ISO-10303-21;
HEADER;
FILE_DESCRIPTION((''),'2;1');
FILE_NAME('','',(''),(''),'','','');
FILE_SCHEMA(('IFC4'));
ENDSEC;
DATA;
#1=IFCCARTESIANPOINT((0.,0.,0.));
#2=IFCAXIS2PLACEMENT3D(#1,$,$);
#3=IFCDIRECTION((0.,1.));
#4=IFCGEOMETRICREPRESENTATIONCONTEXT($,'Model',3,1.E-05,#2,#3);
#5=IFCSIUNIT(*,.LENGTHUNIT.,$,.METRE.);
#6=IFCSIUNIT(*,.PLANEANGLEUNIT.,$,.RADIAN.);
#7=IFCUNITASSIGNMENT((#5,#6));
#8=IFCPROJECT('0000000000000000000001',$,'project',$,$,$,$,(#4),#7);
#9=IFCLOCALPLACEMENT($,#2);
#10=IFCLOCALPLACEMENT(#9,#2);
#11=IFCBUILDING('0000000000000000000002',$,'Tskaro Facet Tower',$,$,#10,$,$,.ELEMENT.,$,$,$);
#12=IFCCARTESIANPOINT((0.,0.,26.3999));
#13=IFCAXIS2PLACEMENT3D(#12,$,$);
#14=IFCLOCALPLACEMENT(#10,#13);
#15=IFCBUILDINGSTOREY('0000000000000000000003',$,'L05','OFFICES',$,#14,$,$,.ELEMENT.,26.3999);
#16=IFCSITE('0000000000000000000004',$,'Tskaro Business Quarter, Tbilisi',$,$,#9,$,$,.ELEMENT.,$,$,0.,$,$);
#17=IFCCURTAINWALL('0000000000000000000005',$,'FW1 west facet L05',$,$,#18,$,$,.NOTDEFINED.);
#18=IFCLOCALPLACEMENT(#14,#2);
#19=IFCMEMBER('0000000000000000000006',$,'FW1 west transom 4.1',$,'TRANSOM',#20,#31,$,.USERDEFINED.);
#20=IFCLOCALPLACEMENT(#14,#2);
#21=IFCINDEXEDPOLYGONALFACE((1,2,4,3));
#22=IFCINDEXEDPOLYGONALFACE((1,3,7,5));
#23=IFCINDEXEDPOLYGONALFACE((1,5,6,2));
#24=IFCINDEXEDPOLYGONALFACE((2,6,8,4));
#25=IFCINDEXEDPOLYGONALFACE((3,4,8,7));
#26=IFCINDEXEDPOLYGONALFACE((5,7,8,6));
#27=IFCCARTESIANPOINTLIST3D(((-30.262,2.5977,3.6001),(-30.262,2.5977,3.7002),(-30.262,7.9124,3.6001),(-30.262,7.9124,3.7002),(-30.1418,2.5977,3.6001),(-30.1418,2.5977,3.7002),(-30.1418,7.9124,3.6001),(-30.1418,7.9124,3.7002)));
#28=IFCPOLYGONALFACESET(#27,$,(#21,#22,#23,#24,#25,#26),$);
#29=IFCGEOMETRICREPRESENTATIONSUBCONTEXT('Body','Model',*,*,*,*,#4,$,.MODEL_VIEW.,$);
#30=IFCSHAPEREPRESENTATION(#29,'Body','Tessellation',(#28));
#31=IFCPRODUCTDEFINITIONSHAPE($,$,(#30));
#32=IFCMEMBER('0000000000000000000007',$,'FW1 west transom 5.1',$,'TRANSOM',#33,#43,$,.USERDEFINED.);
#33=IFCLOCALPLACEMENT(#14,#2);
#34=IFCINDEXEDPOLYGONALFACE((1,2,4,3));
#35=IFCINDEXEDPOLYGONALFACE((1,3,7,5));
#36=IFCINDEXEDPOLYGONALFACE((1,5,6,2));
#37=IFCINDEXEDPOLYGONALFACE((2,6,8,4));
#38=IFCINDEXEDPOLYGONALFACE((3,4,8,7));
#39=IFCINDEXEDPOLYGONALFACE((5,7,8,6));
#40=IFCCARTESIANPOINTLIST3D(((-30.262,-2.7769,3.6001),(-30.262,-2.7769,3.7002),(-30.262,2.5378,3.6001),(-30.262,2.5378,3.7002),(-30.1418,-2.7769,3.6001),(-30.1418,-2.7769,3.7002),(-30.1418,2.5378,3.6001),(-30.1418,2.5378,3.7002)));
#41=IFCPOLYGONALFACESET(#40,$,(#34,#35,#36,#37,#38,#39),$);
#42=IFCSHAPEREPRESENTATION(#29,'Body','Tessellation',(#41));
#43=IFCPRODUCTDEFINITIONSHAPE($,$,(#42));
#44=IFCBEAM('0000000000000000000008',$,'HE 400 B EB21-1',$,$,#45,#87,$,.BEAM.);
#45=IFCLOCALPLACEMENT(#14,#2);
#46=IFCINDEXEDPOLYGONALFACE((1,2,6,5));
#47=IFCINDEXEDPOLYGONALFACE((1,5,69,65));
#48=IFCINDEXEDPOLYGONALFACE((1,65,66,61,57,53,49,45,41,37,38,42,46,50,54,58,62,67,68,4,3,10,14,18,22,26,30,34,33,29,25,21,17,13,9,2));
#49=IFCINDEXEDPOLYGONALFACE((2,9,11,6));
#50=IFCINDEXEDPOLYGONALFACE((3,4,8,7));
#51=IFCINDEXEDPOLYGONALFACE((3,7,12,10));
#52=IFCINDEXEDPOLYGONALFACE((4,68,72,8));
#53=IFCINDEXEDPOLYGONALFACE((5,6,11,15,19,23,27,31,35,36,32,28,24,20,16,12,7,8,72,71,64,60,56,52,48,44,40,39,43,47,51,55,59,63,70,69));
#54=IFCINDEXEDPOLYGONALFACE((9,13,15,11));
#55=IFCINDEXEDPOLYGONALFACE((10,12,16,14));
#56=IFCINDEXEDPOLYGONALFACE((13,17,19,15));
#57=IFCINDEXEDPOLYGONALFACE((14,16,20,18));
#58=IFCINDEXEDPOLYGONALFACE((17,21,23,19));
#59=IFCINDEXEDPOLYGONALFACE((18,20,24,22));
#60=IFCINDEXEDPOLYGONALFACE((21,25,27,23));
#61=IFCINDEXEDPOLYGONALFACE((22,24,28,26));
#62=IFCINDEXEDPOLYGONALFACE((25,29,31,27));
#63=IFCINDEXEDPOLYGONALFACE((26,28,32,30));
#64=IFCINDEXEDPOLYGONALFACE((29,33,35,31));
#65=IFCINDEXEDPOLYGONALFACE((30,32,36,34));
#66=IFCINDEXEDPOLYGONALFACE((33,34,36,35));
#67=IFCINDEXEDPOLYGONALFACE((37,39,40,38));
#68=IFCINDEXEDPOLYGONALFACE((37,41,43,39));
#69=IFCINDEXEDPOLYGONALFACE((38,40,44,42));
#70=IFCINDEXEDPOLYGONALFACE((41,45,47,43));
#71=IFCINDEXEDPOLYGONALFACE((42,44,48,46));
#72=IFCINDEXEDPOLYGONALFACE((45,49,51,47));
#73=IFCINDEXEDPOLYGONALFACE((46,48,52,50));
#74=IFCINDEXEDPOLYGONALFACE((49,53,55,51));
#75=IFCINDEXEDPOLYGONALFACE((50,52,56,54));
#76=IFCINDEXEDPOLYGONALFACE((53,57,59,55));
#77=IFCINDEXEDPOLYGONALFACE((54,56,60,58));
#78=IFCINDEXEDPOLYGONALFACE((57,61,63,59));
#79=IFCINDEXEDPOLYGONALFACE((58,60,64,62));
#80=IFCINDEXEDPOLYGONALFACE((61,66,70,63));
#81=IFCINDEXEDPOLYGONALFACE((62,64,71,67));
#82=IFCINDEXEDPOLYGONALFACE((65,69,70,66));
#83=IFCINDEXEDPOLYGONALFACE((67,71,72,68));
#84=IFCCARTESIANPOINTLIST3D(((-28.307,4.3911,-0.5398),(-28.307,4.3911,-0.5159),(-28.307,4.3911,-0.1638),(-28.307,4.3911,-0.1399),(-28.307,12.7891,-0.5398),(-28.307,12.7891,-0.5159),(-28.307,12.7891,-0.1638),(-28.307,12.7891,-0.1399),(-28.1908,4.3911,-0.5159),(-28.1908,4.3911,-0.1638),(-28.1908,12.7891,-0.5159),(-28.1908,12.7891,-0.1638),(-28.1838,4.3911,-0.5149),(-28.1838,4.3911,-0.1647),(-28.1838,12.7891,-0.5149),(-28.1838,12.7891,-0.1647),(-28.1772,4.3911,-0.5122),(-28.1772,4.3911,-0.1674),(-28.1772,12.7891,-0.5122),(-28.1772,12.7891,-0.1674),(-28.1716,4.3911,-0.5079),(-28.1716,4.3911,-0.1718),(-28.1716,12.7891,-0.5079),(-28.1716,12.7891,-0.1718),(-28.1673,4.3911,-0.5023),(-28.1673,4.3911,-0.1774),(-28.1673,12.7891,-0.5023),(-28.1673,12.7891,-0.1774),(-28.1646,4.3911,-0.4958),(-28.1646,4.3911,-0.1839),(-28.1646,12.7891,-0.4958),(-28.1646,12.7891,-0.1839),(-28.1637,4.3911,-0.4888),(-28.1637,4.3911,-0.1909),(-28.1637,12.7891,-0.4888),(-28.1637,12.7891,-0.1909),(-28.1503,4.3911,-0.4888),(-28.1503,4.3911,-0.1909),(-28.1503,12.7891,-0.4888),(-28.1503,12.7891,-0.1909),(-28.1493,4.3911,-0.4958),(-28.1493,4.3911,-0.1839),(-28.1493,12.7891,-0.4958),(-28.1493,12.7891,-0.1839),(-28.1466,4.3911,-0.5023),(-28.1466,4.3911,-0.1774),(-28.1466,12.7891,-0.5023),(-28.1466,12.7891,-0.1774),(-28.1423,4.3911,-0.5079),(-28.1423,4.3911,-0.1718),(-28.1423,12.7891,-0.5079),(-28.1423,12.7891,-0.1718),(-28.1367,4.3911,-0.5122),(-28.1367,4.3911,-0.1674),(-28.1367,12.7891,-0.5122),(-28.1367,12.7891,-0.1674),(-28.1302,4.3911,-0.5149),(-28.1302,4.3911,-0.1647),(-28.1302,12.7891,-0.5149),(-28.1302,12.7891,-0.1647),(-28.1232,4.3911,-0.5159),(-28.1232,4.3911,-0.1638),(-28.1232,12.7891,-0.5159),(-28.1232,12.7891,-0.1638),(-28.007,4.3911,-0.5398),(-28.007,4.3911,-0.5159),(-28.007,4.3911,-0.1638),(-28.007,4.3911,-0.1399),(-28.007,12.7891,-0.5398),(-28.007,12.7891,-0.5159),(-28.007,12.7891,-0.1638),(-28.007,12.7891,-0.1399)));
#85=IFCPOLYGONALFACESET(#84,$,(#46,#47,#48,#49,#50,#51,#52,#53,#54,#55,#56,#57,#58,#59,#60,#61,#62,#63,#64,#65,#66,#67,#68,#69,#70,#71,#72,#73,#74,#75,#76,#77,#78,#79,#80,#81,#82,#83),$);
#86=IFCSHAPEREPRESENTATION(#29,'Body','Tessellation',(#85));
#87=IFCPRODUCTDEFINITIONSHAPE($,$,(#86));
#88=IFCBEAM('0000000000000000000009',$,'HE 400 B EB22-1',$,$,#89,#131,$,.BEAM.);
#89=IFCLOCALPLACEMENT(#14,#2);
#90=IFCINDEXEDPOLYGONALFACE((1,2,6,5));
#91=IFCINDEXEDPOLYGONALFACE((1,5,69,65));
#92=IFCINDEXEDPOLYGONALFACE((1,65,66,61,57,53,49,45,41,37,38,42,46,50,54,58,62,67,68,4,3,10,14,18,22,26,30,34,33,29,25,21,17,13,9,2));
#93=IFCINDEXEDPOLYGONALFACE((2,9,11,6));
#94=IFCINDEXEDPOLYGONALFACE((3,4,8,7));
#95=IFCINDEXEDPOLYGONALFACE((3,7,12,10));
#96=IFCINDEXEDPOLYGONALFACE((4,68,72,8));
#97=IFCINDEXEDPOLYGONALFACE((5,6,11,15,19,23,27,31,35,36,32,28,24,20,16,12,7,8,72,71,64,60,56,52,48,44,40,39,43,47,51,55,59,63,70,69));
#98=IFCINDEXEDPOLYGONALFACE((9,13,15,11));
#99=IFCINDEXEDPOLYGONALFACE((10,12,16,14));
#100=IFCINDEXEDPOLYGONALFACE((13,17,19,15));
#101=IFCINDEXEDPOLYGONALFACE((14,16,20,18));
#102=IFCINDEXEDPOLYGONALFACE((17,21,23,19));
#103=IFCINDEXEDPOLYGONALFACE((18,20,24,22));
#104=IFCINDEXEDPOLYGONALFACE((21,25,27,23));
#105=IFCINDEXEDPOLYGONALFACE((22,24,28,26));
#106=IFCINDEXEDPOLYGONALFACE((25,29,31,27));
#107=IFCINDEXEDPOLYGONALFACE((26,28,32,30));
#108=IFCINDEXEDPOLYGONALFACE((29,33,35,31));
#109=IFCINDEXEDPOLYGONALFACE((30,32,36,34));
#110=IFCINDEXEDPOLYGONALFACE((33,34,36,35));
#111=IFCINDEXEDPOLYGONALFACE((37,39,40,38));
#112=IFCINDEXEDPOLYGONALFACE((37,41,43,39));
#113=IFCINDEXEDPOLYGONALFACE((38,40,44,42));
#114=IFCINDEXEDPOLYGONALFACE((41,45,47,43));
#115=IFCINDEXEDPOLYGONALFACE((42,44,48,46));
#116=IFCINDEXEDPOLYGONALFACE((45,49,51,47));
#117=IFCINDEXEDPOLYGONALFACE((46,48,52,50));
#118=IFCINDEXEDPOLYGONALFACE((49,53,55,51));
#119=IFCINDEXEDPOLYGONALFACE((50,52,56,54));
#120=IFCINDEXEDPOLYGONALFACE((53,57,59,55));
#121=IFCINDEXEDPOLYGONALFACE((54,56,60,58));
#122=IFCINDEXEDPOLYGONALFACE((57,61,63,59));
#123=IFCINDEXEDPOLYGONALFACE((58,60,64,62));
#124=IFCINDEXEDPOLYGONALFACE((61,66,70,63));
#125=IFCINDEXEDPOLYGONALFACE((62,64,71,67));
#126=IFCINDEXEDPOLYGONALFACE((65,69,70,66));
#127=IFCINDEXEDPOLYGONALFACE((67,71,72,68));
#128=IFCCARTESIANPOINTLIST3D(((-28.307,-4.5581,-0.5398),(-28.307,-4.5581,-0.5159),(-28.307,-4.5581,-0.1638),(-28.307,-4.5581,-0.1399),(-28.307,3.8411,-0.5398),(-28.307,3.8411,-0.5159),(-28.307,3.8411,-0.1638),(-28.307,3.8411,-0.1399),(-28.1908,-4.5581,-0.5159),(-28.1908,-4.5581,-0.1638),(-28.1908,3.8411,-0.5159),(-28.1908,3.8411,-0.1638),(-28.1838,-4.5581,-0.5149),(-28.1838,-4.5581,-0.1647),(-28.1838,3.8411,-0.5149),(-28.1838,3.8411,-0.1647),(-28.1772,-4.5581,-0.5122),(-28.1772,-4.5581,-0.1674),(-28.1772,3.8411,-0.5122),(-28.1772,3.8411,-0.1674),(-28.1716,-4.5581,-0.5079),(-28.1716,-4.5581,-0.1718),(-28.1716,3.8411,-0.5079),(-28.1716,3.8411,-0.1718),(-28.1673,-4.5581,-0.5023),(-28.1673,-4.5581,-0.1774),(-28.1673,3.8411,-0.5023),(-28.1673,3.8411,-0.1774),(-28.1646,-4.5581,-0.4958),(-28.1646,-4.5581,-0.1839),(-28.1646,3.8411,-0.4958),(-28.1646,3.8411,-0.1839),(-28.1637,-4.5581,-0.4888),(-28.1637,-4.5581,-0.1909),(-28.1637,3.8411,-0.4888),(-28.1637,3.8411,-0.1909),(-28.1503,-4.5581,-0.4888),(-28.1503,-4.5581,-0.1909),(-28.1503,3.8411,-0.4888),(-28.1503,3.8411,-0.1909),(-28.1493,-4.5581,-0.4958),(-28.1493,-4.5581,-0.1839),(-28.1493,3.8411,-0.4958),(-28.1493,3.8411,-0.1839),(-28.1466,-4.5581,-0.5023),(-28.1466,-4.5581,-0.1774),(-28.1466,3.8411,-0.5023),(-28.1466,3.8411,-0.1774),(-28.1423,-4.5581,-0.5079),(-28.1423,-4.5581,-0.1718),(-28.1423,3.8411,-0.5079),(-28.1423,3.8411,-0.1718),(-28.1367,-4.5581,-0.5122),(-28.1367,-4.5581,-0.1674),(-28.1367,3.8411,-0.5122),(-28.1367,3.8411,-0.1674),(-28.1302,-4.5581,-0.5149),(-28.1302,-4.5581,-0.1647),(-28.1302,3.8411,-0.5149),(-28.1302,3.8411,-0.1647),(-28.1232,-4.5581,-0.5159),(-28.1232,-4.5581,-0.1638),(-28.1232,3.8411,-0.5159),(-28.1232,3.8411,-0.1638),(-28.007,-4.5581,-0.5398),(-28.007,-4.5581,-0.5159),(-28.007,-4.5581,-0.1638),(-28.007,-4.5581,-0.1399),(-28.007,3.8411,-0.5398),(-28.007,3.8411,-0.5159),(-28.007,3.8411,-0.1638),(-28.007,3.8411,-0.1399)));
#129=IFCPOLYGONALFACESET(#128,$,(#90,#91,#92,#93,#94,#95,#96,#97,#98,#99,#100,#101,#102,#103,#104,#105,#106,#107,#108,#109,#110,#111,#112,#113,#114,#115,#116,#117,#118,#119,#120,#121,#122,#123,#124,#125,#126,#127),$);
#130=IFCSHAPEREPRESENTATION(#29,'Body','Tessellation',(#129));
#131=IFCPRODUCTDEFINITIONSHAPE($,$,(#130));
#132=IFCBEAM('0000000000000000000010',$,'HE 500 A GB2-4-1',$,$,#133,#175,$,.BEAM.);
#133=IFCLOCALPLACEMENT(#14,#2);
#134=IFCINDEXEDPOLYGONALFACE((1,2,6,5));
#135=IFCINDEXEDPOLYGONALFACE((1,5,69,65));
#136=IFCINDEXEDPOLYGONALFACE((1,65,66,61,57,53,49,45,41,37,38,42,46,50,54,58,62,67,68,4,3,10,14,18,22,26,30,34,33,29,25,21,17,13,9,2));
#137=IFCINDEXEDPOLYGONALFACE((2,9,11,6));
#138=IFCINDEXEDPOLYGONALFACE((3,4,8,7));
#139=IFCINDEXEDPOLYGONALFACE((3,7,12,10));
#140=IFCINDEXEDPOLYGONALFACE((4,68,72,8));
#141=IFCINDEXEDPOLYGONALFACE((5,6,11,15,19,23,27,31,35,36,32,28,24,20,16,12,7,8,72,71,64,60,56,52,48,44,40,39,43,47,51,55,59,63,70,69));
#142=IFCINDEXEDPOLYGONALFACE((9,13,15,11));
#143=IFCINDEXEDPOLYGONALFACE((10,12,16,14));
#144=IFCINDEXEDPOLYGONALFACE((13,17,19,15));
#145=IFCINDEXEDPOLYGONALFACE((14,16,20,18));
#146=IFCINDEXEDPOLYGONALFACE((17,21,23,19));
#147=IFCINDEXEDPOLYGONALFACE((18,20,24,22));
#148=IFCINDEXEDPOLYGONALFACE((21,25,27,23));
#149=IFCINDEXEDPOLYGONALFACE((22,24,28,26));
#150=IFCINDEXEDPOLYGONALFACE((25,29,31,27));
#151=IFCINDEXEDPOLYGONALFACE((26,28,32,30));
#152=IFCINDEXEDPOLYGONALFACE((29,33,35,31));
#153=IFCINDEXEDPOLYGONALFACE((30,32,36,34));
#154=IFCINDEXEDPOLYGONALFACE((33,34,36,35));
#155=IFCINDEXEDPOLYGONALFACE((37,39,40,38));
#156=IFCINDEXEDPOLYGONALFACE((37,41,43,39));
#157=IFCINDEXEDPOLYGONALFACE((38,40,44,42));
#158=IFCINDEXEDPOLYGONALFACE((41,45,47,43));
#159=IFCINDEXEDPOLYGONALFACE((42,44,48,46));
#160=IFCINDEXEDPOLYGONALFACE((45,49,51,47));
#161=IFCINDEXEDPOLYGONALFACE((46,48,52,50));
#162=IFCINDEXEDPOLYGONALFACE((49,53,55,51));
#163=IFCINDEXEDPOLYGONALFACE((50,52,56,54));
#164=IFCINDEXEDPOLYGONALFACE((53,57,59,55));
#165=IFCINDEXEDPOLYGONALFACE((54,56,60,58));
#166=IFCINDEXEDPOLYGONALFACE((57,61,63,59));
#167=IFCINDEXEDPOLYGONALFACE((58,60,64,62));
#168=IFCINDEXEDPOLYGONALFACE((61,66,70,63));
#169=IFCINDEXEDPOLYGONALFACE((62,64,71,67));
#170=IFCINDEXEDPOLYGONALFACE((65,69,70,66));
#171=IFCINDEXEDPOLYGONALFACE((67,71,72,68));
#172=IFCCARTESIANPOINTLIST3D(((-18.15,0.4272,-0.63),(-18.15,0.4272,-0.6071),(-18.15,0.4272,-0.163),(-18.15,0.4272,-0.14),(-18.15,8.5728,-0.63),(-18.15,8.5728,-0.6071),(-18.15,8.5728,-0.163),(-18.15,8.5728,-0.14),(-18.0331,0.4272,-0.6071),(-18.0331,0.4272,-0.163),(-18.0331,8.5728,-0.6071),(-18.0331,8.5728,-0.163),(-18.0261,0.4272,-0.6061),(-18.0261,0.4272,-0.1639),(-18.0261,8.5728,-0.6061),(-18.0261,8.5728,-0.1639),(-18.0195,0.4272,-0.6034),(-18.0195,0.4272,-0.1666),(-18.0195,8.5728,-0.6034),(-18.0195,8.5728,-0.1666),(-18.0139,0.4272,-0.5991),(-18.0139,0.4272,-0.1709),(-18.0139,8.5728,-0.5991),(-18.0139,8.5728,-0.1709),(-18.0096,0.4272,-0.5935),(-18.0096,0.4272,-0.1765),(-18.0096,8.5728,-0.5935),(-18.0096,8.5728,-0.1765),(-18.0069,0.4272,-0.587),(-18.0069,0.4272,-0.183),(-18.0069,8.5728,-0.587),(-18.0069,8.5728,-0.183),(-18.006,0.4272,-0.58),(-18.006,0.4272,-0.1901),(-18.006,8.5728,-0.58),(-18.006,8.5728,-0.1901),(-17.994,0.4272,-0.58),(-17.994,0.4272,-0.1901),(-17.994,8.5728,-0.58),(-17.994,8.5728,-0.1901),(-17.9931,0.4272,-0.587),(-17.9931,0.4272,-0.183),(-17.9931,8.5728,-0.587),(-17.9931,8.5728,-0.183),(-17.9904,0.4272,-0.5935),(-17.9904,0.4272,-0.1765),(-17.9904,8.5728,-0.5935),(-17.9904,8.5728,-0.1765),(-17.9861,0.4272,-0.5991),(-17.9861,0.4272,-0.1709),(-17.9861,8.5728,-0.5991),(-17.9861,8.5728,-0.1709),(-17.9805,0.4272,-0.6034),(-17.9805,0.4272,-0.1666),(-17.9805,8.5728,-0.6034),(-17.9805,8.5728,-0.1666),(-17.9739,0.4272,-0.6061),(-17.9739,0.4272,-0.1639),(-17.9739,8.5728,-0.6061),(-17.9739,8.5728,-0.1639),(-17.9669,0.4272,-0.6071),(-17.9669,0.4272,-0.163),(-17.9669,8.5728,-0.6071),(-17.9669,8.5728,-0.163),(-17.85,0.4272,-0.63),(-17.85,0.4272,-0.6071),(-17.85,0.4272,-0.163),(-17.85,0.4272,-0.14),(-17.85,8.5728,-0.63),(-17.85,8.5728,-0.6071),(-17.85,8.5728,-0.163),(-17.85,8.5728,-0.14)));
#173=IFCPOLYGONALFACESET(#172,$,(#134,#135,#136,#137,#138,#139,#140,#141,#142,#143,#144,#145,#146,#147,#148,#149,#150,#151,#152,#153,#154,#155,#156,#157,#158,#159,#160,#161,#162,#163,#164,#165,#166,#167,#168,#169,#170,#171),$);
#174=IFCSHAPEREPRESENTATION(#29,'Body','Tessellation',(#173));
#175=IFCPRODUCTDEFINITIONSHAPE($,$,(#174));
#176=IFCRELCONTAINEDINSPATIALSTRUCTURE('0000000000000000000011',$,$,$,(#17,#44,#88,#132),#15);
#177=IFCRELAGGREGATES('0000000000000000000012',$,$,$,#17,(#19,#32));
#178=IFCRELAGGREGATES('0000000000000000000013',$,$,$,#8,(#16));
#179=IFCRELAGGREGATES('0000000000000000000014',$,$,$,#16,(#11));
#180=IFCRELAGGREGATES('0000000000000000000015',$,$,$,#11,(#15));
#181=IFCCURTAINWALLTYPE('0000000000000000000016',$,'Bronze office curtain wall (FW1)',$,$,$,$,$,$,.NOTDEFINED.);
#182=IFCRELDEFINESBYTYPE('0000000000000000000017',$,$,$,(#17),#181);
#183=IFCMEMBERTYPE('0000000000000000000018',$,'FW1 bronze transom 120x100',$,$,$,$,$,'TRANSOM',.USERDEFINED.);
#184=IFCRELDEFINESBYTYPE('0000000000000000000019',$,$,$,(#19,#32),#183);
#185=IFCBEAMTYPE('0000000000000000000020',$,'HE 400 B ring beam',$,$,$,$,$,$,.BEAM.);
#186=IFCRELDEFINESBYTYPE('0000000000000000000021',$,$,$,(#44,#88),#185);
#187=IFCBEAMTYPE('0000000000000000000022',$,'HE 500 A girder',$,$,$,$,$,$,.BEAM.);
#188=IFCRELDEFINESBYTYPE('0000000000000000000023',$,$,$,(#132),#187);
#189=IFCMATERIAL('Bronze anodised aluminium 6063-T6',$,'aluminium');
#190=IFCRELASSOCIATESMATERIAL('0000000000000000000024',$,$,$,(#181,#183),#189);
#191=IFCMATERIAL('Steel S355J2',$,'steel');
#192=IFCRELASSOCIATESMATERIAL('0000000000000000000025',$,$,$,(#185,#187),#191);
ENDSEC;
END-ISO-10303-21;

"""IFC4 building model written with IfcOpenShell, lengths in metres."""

from ifc_helpers import new_model, si_unit, direction, frame, origin, origin_2d, place, context, subcontext, project, spatial, rectangle, i_section, extrude, material, material_profile, profile_set, type_object, element, aggregate, save


model = new_model("IFC4")

# Units and contexts
model_context = context("Model", 3, precision=1e-05, world=origin(), true_north=direction((0.0, 1.0)))
body_context = subcontext(model_context, "Body", "Model", "MODEL_VIEW")
ifc_project = project(units=[si_unit("LENGTHUNIT", "METRE"), si_unit("PLANEANGLEUNIT", "RADIAN")], contexts=[model_context])

# Site, building, storey
site_placement = place(None, origin())
site = spatial("IfcSite", under=ifc_project, at=site_placement, Name="Tskaro Business Quarter, Tbilisi", CompositionType="ELEMENT", RefElevation=0.0)
building_placement = place(site_placement, origin())
building = spatial("IfcBuilding", under=site, at=building_placement, Name="Tskaro Facet Tower", CompositionType="ELEMENT")
storey_placement = place(building_placement, frame((0.0, 0.0, 26.3999)))
storey = spatial("IfcBuildingStorey", under=building, at=storey_placement, Name="L05", Description="OFFICES", CompositionType="ELEMENT", Elevation=26.3999)

# Curtain wall, members
ifc_material_1 = material(Name="Bronze anodised aluminium 6063-T6", Category="aluminium")
curtain_wall_type = type_object("IfcCurtainWallType", Name="Bronze office curtain wall (FW1)", PredefinedType="NOTDEFINED", material=ifc_material_1)
curtain_wall_placement = place(storey_placement, origin())
curtain_wall = element("IfcCurtainWall", 1, at=curtain_wall_placement, inside=storey, type_object=curtain_wall_type, Name="FW1 west facet L05", PredefinedType="NOTDEFINED")
ifc_material_profile_1 = material_profile(ifc_material_1, rectangle(XDim=0.1201, YDim=0.1001, at=origin_2d()), Name="Transom 120x100")
ifc_profile_set_1 = profile_set([ifc_material_profile_1], Name="Bronze anodised aluminium 6063-T6")
member_type_1 = type_object("IfcMemberType", Name="FW1 bronze transom 120x100", ElementType="TRANSOM", PredefinedType="USERDEFINED", material=ifc_profile_set_1)
member_1_placement = place(storey_placement, frame((-30.2019, 7.9124, 3.6501), z_axis=(0.0, -1.0, 0.0), x_axis=(1.0, 0.0, 0.0)))
member_1 = element("IfcMember", 2, at=member_1_placement, type_object=member_type_1, Name="FW1 west transom 4.1", ObjectType="TRANSOM", PredefinedType="USERDEFINED", context=body_context, shape_type="SweptSolid", body=[
    extrude(rectangle(XDim=0.1201, YDim=0.1001, at=origin_2d()), origin(), (0.0, 0.0, 1.0), 5.3147),
])
member_2_placement = place(storey_placement, frame((-30.2019, 2.5378, 3.6501), z_axis=(0.0, -1.0, 0.0), x_axis=(1.0, 0.0, 0.0)))
member_2 = element("IfcMember", 3, at=member_2_placement, type_object=member_type_1, Name="FW1 west transom 5.1", ObjectType="TRANSOM", PredefinedType="USERDEFINED", context=body_context, shape_type="SweptSolid", body=[
    extrude(rectangle(XDim=0.1201, YDim=0.1001, at=origin_2d()), origin(), (0.0, 0.0, 1.0), 5.3147),
])

# Beams
ifc_material_2 = material(Name="Steel S355J2", Category="steel")
ifc_material_profile_2 = material_profile(ifc_material_2, i_section(OverallWidth=0.3, OverallDepth=0.3999, WebThickness=0.0134, FlangeThickness=0.0239, FilletRadius=0.0271, at=origin_2d()), Name="HE 400 B")
ifc_profile_set_2 = profile_set([ifc_material_profile_2], Name="Steel S355J2")
beam_type_1 = type_object("IfcBeamType", Name="HE 400 B ring beam", PredefinedType="BEAM", material=ifc_profile_set_2)
beam_1_placement = place(storey_placement, frame((-28.157, 12.7891, -0.3398), z_axis=(0.0, -1.0, 0.0), x_axis=(1.0, 0.0, 0.0)))
element("IfcBeam", 4, at=beam_1_placement, inside=storey, type_object=beam_type_1, Name="HE 400 B EB21-1", PredefinedType="BEAM", context=body_context, shape_type="SweptSolid", body=[
    extrude(i_section(OverallWidth=0.3, OverallDepth=0.3999, WebThickness=0.0134, FlangeThickness=0.0239, FilletRadius=0.0271, at=origin_2d()), origin(), (0.0, 0.0, 1.0), 8.3979),
])
beam_2_placement = place(storey_placement, frame((-28.157, 3.8411, -0.3398), z_axis=(0.0, -1.0, 0.0), x_axis=(1.0, 0.0, 0.0)))
element("IfcBeam", 5, at=beam_2_placement, inside=storey, type_object=beam_type_1, Name="HE 400 B EB22-1", PredefinedType="BEAM", context=body_context, shape_type="SweptSolid", body=[
    extrude(i_section(OverallWidth=0.3, OverallDepth=0.3999, WebThickness=0.0134, FlangeThickness=0.0239, FilletRadius=0.0271, at=origin_2d()), origin(), (0.0, 0.0, 1.0), 8.3992),
])
ifc_material_profile_3 = material_profile(ifc_material_2, i_section(OverallWidth=0.3, OverallDepth=0.49, WebThickness=0.012, FlangeThickness=0.0229, FilletRadius=0.0271, at=origin_2d()), Name="HE 500 A")
ifc_profile_set_3 = profile_set([ifc_material_profile_3], Name="Steel S355J2")
beam_type_2 = type_object("IfcBeamType", Name="HE 500 A girder", PredefinedType="BEAM", material=ifc_profile_set_3)
for number, where, z_axis, x_axis, name in (
    (6, (-18.0, 0.4272, -0.385), (0.0, 1.0, 0.0), (-1.0, 0.0, 0.0), "HE 500 A GB2-4-1"),
):
    element("IfcBeam", number, at=place(storey_placement, frame(where, z_axis=z_axis, x_axis=x_axis)), inside=storey, type_object=beam_type_2, Name=name, PredefinedType="BEAM", context=body_context, shape_type="SweptSolid", body=[
        extrude(i_section(OverallWidth=0.3, OverallDepth=0.49, WebThickness=0.012, FlangeThickness=0.0229, FilletRadius=0.0271, at=origin_2d()), origin(), (0.0, 0.0, 1.0), 8.1455),
    ])

aggregate(curtain_wall, [member_1, member_2])

save(model, "model.ifc")
